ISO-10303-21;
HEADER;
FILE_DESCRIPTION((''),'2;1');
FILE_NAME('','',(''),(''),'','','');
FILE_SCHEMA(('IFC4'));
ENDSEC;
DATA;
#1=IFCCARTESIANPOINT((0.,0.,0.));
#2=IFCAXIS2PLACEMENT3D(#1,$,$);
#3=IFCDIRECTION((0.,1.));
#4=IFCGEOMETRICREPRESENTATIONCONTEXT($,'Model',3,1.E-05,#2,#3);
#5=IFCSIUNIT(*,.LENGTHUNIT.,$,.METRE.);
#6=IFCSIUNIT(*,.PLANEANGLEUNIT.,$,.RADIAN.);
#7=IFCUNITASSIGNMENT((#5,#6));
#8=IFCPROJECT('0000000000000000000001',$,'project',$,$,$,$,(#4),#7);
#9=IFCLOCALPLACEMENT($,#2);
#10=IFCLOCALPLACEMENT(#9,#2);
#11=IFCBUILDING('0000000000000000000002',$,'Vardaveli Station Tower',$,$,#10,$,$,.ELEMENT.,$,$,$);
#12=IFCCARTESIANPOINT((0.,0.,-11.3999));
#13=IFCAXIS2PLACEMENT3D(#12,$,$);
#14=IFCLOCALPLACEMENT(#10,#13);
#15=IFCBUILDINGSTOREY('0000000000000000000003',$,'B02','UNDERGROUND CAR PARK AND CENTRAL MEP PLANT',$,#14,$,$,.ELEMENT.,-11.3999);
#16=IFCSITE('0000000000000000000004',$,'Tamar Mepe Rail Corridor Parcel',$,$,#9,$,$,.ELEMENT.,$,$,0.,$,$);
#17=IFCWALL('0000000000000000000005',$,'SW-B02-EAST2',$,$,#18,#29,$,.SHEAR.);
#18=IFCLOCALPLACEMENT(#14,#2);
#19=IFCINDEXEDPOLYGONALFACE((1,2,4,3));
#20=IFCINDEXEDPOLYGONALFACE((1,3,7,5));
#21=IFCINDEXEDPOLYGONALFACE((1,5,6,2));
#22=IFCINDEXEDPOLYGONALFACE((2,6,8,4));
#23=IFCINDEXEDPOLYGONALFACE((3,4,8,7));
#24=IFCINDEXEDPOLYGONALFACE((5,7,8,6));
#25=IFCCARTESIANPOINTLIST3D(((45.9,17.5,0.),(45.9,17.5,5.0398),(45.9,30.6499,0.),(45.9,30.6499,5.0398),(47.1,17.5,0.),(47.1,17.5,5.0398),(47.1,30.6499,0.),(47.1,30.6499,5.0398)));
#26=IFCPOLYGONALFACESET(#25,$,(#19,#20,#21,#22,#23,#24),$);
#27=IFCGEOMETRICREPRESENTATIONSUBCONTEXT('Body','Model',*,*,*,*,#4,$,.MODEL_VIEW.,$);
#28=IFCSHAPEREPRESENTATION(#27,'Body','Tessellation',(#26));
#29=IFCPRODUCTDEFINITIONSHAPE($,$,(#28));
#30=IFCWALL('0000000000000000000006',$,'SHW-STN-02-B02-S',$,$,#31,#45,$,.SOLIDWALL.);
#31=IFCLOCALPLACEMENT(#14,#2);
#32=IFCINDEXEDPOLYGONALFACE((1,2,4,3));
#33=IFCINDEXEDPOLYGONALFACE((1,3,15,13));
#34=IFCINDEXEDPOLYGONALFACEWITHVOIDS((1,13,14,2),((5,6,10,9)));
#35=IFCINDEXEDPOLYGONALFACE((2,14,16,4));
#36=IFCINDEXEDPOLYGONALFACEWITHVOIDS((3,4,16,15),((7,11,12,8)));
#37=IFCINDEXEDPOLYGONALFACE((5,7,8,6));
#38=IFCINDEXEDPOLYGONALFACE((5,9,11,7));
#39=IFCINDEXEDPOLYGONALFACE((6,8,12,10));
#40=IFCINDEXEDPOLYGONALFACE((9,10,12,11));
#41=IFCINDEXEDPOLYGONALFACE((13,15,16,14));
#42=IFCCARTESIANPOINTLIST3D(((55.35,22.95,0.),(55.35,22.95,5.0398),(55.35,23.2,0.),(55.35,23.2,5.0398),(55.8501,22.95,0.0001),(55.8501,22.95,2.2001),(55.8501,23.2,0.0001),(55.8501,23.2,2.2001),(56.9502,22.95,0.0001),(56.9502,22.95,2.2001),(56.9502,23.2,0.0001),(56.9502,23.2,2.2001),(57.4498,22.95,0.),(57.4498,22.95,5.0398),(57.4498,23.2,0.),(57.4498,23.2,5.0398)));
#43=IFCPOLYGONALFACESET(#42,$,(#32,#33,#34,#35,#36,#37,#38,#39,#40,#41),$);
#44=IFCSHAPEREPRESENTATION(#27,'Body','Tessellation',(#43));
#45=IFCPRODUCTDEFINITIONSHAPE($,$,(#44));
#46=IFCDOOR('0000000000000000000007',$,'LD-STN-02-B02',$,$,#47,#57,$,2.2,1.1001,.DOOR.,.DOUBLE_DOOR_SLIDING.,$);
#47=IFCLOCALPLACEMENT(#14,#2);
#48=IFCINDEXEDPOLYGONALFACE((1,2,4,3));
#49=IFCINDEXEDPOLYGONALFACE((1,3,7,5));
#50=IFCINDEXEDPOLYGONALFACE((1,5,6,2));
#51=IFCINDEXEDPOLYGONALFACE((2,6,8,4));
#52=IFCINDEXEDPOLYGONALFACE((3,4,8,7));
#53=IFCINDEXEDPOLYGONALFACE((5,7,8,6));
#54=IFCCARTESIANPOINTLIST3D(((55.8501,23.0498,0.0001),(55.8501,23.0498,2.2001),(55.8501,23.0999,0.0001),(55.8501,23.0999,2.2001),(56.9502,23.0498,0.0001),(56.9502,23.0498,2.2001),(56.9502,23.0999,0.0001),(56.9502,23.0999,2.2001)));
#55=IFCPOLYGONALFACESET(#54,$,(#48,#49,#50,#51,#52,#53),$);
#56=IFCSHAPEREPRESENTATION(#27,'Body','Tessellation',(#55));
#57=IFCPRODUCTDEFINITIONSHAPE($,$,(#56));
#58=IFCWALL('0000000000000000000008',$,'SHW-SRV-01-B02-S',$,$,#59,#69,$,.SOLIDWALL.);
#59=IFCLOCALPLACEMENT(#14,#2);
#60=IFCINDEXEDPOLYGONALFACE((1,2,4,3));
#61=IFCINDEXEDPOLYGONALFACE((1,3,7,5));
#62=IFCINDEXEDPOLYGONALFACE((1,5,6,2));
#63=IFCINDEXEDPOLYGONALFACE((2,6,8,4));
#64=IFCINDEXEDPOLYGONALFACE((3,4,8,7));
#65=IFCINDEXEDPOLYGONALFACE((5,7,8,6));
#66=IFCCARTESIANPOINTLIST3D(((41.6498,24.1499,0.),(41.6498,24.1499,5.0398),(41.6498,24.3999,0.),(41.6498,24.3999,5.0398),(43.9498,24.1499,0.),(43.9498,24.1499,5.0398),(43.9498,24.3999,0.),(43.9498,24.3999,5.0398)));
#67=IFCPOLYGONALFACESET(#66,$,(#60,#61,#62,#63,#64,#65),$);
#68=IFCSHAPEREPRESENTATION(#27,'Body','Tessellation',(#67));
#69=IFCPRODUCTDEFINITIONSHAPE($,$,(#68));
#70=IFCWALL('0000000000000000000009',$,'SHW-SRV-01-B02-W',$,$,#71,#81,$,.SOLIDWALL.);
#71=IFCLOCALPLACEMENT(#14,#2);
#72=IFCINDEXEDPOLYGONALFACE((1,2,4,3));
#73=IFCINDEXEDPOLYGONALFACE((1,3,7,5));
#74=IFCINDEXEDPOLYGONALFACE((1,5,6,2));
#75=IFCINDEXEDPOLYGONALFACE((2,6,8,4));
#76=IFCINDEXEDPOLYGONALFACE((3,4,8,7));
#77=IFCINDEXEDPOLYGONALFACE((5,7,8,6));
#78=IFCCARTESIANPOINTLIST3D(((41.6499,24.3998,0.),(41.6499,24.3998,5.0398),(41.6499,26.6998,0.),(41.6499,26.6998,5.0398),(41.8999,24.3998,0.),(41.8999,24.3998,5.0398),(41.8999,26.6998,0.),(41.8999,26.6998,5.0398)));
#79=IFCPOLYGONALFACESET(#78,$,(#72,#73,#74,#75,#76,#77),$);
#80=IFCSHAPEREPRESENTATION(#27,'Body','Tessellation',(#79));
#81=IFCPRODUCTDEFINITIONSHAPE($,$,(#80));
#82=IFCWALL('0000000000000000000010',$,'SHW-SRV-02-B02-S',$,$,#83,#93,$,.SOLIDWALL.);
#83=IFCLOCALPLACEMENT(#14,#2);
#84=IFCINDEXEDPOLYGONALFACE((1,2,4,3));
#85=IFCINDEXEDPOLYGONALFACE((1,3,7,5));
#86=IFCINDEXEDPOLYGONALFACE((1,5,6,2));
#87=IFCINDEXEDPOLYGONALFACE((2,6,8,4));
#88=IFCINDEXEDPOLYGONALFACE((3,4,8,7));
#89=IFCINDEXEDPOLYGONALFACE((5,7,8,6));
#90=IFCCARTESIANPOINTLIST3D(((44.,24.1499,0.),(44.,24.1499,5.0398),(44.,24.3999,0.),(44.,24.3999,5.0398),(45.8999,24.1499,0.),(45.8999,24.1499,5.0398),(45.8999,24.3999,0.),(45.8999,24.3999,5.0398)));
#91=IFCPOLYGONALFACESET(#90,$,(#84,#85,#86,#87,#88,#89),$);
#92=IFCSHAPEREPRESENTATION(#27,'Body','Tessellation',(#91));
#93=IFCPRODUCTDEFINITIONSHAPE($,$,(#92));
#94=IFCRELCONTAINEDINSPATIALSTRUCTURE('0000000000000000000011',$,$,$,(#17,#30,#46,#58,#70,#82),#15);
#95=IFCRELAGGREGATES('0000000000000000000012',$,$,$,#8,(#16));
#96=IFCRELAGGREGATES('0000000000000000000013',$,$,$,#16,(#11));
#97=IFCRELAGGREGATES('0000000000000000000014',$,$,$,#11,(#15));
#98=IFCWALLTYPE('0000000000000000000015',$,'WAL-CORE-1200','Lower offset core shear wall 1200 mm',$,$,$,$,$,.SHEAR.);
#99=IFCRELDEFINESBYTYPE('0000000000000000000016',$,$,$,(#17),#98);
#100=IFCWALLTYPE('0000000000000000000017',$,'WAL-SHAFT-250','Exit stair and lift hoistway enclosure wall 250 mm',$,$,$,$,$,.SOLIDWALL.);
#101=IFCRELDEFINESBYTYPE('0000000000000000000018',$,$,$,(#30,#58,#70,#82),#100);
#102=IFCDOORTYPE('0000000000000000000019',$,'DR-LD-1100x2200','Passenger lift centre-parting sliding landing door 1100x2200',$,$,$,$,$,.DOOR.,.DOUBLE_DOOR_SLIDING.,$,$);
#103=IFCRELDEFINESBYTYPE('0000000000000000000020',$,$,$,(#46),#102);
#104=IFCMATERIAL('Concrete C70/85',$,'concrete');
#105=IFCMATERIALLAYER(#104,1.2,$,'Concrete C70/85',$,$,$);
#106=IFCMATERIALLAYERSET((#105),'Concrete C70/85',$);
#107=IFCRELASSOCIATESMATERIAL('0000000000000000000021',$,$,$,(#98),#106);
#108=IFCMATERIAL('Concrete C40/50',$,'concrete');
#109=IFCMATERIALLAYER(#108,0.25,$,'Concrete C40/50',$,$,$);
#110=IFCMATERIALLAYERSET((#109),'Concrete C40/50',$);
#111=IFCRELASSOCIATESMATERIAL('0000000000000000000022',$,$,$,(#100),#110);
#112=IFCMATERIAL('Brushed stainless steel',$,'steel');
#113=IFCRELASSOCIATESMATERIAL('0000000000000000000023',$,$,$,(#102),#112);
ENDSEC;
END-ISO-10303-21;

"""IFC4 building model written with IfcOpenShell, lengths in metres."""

from ifc_helpers import new_model, si_unit, direction, frame, frame_2d, origin, place, context, subcontext, project, spatial, rectangle, extrude, source, transform, mapped, material, layer, layer_set, type_object, element, fill, save


model = new_model("IFC4")

# Units and contexts
model_context = context("Model", 3, precision=1e-05, world=origin(), true_north=direction((0.0, 1.0)))
body_context = subcontext(model_context, "Body", "Model", "MODEL_VIEW")
ifc_project = project(units=[si_unit("LENGTHUNIT", "METRE"), si_unit("PLANEANGLEUNIT", "RADIAN")], contexts=[model_context])

# Site, building, storey
site_placement = place(None, origin())
site = spatial("IfcSite", under=ifc_project, at=site_placement, Name="Tamar Mepe Rail Corridor Parcel", CompositionType="ELEMENT", RefElevation=0.0)
building_placement = place(site_placement, origin())
building = spatial("IfcBuilding", under=site, at=building_placement, Name="Vardaveli Station Tower", CompositionType="ELEMENT")
storey_placement = place(building_placement, frame((0.0, 0.0, -11.3999)))
storey = spatial("IfcBuildingStorey", under=building, at=storey_placement, Name="B02", Description="UNDERGROUND CAR PARK AND CENTRAL MEP PLANT", CompositionType="ELEMENT", Elevation=-11.3999)

# Shared definitions
ifc_material_1 = material(Name="Concrete C40/50", Category="concrete")

# Shared definitions
ifc_material_2 = material(Name="Concrete C70/85", Category="concrete")

# Wall
ifc_layer_1 = layer(ifc_material_2, 1.2, Name="Concrete C70/85")
ifc_layer_set_1 = layer_set([ifc_layer_1], Name="Concrete C70/85")
wall_type_1 = type_object("IfcWallType", Name="WAL-CORE-1200", Description="Lower offset core shear wall 1200 mm", PredefinedType="SHEAR", material=ifc_layer_set_1)
shared_shape_1 = source(origin(), body_context, "Body", "SweptSolid", [
    extrude(rectangle(XDim=13.1499, YDim=1.2, at=frame_2d((6.575, 0.0))), origin(), (0.0, 0.0, 1.0), 5.0398),
])
wall_1_placement = place(storey_placement, frame((46.5, 17.5, 0.0), z_axis=(0.0, 0.0, 1.0), x_axis=(0.0, 1.0, 0.0)))
element("IfcWall", 1, at=wall_1_placement, inside=storey, type_object=wall_type_1, Name="SW-B02-EAST2", PredefinedType="SHEAR", context=body_context, shape_type="MappedRepresentation", body=[
    mapped(shared_shape_1, transform((0.0, 0.0, 0.0), scale=1.0)),
])

# Wall, opening, door
ifc_layer_2 = layer(ifc_material_1, 0.25, Name="Concrete C40/50")
ifc_layer_set_2 = layer_set([ifc_layer_2], Name="Concrete C40/50")
wall_type_2 = type_object("IfcWallType", Name="WAL-SHAFT-250", Description="Exit stair and lift hoistway enclosure wall 250 mm", PredefinedType="SOLIDWALL", material=ifc_layer_set_2)
shared_shape_2 = source(origin(), body_context, "Body", "SweptSolid", [
    extrude(rectangle(XDim=2.0999, YDim=0.25, at=frame_2d((1.0498, 0.0))), origin(), (0.0, 0.0, 1.0), 5.0398),
])
wall_2_placement = place(storey_placement, frame((55.3501, 23.075, 0.0), z_axis=(0.0, 0.0, 1.0), x_axis=(1.0, 0.0, 0.0)))
wall_2 = element("IfcWall", 2, at=wall_2_placement, inside=storey, type_object=wall_type_2, Name="SHW-STN-02-B02-S", PredefinedType="SOLIDWALL", context=body_context, shape_type="MappedRepresentation", body=[
    mapped(shared_shape_2, transform((0.0, 0.0, 0.0), scale=1.0)),
])
shared_shape_3 = source(origin(), body_context, "Body", "SweptSolid", [
    extrude(rectangle(XDim=1.1001, YDim=2.2, at=frame_2d((0.55, 1.1001))), frame((0.0, 0.135, 0.0), z_axis=(0.0, -1.0, 0.0), x_axis=(1.0, 0.0, 0.0)), (0.0, 0.0, 1.0), 0.27),
])
opening_placement = place(wall_2_placement, frame((0.5, 0.0, 0.0)))
opening = element("IfcOpeningElement", 3, at=opening_placement, cuts=wall_2, PredefinedType="OPENING", context=body_context, shape_type="MappedRepresentation", body=[
    mapped(shared_shape_3, transform((0.0, 0.0, 0.0), scale=1.0)),
])
ifc_material_3 = material(Name="Brushed stainless steel", Category="steel")
door_type = type_object("IfcDoorType", Name="DR-LD-1100x2200", Description="Passenger lift centre-parting sliding landing door 1100x2200", OperationType="DOUBLE_DOOR_SLIDING", PredefinedType="DOOR", material=ifc_material_3)
shared_shape_4 = source(origin(), body_context, "Body", "SweptSolid", [
    extrude(rectangle(XDim=1.1001, YDim=2.2, at=frame_2d((0.55, 1.1001))), frame((0.0, 0.0249, 0.0), z_axis=(0.0, -1.0, 0.0), x_axis=(1.0, 0.0, 0.0)), (0.0, 0.0, 1.0), 0.05),
])
door_placement = place(opening_placement, origin())
door = element("IfcDoor", 4, at=door_placement, inside=storey, type_object=door_type, Name="LD-STN-02-B02", OperationType="DOUBLE_DOOR_SLIDING", OverallHeight=2.2, OverallWidth=1.1001, PredefinedType="DOOR", context=body_context, shape_type="MappedRepresentation", body=[
    mapped(shared_shape_4, transform((0.0, 0.0, 0.0), scale=1.0)),
])
fill(opening, door)

# Walls
shared_shape_5 = source(origin(), body_context, "Body", "SweptSolid", [
    extrude(rectangle(XDim=2.3, YDim=0.25, at=frame_2d((1.1499, 0.0))), origin(), (0.0, 0.0, 1.0), 5.0398),
])
for number, where, z_axis, x_axis, name in (
    (5, (41.6499, 24.2749, 0.0), (0.0, 0.0, 1.0), (1.0, 0.0, 0.0), "SHW-SRV-01-B02-S"),
    (6, (41.7749, 24.3999, 0.0), (0.0, 0.0, 1.0), (0.0, 1.0, 0.0), "SHW-SRV-01-B02-W"),
):
    element("IfcWall", number, at=place(storey_placement, frame(where, z_axis=z_axis, x_axis=x_axis)), inside=storey, type_object=wall_type_2, Name=name, PredefinedType="SOLIDWALL", context=body_context, shape_type="MappedRepresentation", body=[
        mapped(shared_shape_5, transform((0.0, 0.0, 0.0), scale=1.0)),
    ])
shared_shape_6 = source(origin(), body_context, "Body", "SweptSolid", [
    extrude(rectangle(XDim=1.8999, YDim=0.25, at=frame_2d((0.95, 0.0))), origin(), (0.0, 0.0, 1.0), 5.0398),
])
wall_3_placement = place(storey_placement, frame((44.0, 24.2749, 0.0), z_axis=(0.0, 0.0, 1.0), x_axis=(1.0, 0.0, 0.0)))
element("IfcWall", 7, at=wall_3_placement, inside=storey, type_object=wall_type_2, Name="SHW-SRV-02-B02-S", PredefinedType="SOLIDWALL", context=body_context, shape_type="MappedRepresentation", body=[
    mapped(shared_shape_6, transform((0.0, 0.0, 0.0), scale=1.0)),
])

save(model, "model.ifc")
